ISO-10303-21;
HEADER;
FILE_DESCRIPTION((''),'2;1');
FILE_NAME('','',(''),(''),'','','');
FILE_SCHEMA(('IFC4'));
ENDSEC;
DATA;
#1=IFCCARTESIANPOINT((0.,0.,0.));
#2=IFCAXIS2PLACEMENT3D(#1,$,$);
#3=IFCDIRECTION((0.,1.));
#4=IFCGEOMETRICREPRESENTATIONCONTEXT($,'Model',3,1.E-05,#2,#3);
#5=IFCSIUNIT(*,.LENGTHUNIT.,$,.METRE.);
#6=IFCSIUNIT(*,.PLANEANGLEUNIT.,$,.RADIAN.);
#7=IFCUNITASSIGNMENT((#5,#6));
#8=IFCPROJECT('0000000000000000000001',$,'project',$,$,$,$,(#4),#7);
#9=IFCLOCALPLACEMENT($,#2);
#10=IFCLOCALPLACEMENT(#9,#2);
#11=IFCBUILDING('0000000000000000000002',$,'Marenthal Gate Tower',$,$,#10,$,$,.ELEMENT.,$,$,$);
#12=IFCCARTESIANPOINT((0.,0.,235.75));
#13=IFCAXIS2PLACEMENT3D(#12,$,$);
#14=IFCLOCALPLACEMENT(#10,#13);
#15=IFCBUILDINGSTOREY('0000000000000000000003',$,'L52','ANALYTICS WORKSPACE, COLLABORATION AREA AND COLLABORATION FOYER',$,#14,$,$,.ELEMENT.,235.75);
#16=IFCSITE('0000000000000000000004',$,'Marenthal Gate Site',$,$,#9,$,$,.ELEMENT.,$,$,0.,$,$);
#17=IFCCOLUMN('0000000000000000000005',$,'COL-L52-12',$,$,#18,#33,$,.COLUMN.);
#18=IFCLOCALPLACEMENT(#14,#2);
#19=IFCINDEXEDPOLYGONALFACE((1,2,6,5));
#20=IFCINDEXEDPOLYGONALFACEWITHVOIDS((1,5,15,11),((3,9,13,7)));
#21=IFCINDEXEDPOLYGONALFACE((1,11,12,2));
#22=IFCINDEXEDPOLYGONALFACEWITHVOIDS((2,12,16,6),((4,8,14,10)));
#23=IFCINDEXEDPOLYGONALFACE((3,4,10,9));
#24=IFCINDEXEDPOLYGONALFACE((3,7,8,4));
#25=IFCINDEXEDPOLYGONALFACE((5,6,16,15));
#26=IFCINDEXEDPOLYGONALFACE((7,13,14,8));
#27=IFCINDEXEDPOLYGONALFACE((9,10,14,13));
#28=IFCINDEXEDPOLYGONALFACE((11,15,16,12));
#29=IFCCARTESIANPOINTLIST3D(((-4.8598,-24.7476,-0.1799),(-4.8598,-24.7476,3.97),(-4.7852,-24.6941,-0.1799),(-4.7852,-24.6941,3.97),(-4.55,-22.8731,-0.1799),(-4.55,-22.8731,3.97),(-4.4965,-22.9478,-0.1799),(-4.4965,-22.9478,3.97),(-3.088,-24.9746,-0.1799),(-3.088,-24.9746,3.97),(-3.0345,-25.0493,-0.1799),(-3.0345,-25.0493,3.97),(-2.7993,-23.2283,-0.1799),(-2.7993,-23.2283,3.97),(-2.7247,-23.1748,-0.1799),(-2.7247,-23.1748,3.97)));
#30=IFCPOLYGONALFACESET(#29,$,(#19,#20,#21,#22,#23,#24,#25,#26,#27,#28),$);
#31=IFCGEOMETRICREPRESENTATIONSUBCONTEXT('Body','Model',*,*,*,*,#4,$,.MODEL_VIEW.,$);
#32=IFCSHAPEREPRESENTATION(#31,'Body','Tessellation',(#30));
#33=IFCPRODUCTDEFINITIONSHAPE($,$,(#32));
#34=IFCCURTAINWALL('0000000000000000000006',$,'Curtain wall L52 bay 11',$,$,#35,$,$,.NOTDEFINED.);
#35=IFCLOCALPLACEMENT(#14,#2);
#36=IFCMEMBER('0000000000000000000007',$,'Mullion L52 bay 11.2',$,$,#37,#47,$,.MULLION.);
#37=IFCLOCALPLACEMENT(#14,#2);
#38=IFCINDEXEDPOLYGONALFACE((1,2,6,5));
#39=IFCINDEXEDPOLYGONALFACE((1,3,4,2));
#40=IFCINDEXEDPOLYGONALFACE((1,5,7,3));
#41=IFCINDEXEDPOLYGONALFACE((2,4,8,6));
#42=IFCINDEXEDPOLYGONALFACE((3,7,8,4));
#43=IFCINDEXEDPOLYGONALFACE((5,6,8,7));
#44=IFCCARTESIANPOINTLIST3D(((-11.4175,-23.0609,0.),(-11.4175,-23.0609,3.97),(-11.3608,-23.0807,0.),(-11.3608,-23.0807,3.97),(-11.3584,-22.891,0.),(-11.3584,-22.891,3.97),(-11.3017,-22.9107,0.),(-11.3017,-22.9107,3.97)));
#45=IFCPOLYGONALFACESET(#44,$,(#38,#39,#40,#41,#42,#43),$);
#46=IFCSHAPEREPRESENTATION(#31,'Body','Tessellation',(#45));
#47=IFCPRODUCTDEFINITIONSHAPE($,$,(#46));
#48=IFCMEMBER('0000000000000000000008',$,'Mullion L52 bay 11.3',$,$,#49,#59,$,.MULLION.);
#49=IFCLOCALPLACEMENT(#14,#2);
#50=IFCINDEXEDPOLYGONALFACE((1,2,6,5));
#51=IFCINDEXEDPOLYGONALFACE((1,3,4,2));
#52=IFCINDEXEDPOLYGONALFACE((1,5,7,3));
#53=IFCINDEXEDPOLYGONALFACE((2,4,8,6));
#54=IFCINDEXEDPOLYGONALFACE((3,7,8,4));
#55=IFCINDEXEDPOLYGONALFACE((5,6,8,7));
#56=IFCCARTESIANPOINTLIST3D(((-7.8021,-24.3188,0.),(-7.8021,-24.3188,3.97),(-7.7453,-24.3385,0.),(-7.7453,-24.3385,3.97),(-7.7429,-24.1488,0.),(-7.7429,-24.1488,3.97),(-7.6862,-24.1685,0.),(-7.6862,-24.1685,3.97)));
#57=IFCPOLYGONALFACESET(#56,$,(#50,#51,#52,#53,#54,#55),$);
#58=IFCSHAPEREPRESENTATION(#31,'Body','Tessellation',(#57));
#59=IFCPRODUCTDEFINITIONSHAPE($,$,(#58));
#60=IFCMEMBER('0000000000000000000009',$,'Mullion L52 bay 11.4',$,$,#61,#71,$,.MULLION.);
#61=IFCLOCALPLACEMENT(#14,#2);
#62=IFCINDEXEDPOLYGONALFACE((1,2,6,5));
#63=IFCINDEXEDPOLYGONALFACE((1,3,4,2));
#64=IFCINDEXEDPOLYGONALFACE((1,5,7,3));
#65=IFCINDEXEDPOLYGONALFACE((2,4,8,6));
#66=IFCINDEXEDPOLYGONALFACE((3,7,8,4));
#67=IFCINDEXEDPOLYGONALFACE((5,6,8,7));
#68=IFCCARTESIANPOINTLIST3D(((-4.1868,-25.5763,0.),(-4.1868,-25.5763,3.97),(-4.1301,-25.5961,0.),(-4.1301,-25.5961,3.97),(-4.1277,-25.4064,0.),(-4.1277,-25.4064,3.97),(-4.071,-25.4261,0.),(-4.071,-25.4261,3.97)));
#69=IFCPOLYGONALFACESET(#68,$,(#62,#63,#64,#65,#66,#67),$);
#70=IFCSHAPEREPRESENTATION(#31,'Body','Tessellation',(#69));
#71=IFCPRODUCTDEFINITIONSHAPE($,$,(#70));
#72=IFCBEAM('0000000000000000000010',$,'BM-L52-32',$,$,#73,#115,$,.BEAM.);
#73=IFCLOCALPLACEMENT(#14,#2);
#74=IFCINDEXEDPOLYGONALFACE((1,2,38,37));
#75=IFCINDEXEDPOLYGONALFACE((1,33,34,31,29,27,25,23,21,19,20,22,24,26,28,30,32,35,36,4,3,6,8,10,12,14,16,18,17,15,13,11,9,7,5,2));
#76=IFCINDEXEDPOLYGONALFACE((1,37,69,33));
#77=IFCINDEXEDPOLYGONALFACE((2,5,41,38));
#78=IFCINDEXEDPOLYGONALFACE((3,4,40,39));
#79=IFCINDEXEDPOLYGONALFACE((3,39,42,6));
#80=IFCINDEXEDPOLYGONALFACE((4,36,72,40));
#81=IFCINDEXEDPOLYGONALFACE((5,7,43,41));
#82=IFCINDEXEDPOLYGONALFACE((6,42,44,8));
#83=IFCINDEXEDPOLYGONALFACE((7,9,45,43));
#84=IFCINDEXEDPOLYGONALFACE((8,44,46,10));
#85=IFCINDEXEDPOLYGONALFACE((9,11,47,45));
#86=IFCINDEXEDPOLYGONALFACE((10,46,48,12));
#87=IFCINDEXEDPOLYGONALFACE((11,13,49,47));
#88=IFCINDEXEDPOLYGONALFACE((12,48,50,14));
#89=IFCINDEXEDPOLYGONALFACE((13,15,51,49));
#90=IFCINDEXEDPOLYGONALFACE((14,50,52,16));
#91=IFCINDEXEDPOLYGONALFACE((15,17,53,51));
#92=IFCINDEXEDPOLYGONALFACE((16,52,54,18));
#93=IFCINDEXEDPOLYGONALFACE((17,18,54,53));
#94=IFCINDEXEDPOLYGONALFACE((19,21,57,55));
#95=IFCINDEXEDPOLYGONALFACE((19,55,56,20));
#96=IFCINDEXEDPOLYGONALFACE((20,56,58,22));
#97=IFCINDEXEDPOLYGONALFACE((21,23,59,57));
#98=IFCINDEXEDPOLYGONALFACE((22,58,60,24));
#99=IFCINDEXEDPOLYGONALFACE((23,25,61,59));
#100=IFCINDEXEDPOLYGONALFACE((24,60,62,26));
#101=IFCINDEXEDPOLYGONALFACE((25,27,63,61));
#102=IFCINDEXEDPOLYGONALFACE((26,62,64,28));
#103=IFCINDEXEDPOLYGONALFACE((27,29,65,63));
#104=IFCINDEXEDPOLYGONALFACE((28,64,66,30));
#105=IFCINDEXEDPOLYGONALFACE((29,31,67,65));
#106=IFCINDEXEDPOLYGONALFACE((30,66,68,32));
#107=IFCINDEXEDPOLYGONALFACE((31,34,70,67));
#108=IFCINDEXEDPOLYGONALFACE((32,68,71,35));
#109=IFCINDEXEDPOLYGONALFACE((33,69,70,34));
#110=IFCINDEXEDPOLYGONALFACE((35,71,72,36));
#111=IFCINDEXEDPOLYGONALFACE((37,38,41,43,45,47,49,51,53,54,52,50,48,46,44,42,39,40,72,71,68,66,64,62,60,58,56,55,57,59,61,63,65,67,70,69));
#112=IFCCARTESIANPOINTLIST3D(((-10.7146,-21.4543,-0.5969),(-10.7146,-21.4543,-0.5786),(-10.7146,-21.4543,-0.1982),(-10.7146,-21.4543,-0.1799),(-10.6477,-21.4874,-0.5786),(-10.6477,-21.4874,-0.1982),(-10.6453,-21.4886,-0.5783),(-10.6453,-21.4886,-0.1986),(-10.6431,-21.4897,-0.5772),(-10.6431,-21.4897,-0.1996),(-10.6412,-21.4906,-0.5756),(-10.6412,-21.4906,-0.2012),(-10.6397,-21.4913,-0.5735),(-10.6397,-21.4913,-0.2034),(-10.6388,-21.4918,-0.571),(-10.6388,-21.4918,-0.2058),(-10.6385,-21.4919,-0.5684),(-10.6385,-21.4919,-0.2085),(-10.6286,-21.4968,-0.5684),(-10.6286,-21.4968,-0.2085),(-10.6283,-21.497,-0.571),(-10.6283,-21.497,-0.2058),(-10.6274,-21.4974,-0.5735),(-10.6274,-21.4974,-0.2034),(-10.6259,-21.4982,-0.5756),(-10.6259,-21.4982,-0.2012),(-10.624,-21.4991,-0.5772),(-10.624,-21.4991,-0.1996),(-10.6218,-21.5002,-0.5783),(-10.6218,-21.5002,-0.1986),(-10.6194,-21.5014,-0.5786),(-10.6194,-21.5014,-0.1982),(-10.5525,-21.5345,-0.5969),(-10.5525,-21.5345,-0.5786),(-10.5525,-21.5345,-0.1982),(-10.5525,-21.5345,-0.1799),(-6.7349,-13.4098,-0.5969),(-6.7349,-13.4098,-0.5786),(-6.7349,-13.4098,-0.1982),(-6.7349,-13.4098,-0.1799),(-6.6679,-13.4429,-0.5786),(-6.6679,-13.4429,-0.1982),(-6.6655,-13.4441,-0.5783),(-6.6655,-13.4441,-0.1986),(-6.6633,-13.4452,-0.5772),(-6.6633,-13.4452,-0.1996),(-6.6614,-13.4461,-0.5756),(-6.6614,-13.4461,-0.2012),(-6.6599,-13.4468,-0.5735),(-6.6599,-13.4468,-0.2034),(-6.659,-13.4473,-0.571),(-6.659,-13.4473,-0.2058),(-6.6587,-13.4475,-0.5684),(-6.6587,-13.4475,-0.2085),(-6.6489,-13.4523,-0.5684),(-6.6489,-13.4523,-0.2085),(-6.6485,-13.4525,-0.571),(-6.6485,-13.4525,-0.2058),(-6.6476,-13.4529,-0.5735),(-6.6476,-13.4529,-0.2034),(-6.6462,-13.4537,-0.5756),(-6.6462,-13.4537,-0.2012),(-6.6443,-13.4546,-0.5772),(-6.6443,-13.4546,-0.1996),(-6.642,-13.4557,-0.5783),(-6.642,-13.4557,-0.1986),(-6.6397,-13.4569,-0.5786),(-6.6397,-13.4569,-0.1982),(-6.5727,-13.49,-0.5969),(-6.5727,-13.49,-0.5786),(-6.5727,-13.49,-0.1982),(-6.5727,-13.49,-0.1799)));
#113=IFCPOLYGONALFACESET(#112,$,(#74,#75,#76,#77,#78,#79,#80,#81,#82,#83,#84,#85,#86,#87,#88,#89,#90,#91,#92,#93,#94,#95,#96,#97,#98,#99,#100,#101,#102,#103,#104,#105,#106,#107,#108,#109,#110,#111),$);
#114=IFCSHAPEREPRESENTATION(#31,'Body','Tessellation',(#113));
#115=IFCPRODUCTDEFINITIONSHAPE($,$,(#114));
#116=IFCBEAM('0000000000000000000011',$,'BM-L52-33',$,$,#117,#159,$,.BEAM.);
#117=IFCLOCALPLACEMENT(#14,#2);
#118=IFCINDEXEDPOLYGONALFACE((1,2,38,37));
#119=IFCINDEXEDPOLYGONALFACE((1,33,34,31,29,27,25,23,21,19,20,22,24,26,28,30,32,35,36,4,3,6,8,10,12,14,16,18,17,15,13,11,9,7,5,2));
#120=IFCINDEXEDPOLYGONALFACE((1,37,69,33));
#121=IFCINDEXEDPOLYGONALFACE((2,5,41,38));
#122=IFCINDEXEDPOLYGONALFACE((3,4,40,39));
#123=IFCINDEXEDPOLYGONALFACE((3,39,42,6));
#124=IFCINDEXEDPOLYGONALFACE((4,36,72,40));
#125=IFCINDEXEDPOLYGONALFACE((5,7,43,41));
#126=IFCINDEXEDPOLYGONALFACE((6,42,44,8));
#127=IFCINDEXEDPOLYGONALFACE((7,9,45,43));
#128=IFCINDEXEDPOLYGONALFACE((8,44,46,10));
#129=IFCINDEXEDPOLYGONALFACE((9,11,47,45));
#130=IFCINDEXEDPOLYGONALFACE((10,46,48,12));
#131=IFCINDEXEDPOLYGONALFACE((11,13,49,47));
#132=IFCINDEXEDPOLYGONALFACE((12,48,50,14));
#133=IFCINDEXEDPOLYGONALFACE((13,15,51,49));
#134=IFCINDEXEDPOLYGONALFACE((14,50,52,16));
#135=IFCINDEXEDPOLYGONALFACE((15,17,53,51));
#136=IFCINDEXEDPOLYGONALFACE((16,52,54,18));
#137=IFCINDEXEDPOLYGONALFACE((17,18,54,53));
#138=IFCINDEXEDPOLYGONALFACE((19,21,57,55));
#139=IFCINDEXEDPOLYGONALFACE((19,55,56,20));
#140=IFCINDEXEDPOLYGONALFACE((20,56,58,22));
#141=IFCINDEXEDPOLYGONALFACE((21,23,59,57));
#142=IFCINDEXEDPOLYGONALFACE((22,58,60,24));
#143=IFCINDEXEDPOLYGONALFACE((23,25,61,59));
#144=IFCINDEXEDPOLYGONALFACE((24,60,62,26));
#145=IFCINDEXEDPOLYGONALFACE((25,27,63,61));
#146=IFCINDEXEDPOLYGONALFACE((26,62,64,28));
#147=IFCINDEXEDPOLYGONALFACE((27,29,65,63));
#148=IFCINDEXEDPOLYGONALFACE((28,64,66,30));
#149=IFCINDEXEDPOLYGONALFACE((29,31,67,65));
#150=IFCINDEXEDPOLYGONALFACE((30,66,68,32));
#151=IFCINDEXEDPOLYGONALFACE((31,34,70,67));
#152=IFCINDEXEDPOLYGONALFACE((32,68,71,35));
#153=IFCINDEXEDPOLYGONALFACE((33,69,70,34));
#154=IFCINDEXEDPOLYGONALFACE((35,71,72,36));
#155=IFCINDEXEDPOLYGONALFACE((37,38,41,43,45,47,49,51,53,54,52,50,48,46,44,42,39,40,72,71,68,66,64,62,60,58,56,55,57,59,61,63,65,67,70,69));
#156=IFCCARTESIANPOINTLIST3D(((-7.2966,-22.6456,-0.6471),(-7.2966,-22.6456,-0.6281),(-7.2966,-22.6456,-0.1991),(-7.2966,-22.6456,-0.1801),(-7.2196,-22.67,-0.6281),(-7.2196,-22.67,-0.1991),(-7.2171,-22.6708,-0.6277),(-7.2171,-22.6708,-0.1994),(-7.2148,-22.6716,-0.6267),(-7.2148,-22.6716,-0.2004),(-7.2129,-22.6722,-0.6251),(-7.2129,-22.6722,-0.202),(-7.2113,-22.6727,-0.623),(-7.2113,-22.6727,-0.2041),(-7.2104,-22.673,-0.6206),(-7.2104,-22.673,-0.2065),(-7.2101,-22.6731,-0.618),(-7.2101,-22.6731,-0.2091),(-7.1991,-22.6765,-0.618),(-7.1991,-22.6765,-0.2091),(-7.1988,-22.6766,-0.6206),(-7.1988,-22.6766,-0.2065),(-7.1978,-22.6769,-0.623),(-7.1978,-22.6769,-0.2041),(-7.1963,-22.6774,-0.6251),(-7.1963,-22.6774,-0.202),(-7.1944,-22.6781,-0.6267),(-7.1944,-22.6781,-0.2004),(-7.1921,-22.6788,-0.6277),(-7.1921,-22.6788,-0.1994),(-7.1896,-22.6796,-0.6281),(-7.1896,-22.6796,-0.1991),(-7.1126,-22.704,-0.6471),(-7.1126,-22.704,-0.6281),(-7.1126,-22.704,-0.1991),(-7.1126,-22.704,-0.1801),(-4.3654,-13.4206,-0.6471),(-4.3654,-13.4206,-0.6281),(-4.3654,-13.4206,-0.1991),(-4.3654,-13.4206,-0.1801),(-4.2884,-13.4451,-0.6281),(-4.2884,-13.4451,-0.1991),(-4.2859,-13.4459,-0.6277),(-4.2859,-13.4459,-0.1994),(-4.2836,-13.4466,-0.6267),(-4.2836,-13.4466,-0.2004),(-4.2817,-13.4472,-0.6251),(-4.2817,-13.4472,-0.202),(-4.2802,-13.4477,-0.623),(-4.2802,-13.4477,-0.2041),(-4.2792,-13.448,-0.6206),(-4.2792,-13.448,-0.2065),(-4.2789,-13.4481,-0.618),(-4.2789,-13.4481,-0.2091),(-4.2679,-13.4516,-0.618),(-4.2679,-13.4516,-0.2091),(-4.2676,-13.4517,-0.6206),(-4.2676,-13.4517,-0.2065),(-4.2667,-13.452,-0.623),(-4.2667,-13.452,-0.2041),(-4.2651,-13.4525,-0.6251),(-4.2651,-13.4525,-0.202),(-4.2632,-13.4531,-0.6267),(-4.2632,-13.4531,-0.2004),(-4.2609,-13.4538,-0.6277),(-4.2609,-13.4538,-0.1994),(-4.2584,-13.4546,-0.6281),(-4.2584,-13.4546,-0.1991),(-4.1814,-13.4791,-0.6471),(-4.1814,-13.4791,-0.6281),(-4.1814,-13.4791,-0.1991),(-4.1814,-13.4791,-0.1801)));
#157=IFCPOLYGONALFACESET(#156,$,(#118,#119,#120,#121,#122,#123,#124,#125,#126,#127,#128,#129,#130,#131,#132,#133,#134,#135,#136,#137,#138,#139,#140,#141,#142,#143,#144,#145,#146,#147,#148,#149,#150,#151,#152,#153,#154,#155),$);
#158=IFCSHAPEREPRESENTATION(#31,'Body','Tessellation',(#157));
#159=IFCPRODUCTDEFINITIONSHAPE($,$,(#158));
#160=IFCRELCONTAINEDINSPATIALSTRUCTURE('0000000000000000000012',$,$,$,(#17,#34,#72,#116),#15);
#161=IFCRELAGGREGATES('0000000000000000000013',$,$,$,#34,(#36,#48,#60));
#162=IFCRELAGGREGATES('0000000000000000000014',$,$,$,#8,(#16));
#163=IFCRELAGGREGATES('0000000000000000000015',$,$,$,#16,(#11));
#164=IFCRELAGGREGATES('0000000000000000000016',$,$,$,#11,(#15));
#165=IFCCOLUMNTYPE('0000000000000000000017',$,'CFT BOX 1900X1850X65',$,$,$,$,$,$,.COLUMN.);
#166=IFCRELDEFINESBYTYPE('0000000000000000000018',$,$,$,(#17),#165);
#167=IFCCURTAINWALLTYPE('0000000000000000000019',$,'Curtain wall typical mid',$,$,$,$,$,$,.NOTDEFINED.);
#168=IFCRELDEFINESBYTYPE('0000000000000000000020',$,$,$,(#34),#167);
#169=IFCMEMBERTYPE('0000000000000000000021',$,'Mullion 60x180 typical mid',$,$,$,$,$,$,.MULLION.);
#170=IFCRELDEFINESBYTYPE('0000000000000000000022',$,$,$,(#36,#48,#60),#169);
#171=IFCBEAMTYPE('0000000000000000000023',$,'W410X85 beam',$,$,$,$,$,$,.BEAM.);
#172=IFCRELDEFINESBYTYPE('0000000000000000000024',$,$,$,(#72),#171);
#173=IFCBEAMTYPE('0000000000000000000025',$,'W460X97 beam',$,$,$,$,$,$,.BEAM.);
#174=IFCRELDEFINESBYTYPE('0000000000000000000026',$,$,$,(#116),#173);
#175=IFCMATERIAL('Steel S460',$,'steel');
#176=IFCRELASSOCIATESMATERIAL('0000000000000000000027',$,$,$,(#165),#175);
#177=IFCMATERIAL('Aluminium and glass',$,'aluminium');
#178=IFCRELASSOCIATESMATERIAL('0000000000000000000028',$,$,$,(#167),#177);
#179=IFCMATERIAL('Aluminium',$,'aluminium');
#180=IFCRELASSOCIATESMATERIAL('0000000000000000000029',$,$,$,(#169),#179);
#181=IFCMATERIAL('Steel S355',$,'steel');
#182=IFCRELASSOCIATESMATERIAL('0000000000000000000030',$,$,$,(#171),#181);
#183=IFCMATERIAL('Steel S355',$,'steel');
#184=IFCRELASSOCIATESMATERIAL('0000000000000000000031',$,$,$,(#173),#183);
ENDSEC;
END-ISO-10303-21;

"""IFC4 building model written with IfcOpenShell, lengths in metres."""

from ifc_helpers import new_model, si_unit, direction, frame, origin, origin_2d, place, context, subcontext, project, spatial, rectangle, hollow_rectangle, i_section, extrude, material, material_profile, profile_set, type_object, element, aggregate, save


model = new_model("IFC4")

# Units and contexts
model_context = context("Model", 3, precision=1e-05, world=origin(), true_north=direction((0.0, 1.0)))
body_context = subcontext(model_context, "Body", "Model", "MODEL_VIEW")
ifc_project = project(units=[si_unit("LENGTHUNIT", "METRE"), si_unit("PLANEANGLEUNIT", "RADIAN")], contexts=[model_context])

# Site, building, storey
site_placement = place(None, origin())
site = spatial("IfcSite", under=ifc_project, at=site_placement, Name="Marenthal Gate Site", CompositionType="ELEMENT", RefElevation=0.0)
building_placement = place(site_placement, origin())
building = spatial("IfcBuilding", under=site, at=building_placement, Name="Marenthal Gate Tower", CompositionType="ELEMENT")
storey_placement = place(building_placement, frame((0.0, 0.0, 235.75)))
storey = spatial("IfcBuildingStorey", under=building, at=storey_placement, Name="L52", Description="ANALYTICS WORKSPACE, COLLABORATION AREA AND COLLABORATION FOYER", CompositionType="ELEMENT", Elevation=235.75)

# Column
ifc_material_1 = material(Name="Steel S460", Category="steel")
ifc_material_profile_1 = material_profile(ifc_material_1, hollow_rectangle(XDim=1.8501, YDim=1.8999, WallThickness=0.0649, at=origin_2d()), Name="CFT BOX 1900X1850X65")
ifc_material_2 = material(Name="Concrete 70 MPa", Category="concrete")
ifc_material_profile_2 = material_profile(ifc_material_2, rectangle(XDim=1.72, YDim=1.77, at=origin_2d()), Name="CFT BOX 1900X1850X65 INFILL")
ifc_profile_set_1 = profile_set([ifc_material_profile_1, ifc_material_profile_2], Name="Steel S460 shell, Concrete 70 MPa infill")
column_type = type_object("IfcColumnType", Name="CFT BOX 1900X1850X65", PredefinedType="COLUMN", material=ifc_profile_set_1)
column_placement = place(storey_placement, frame((-3.7922, -23.9612, -0.1799), z_axis=(0.0, 0.0, 1.0), x_axis=(-0.986614, 0.163073, 0.0)))
element("IfcColumn", 1, at=column_placement, inside=storey, type_object=column_type, Name="COL-L52-12", PredefinedType="COLUMN", context=body_context, shape_type="SweptSolid", body=[
    extrude(hollow_rectangle(XDim=1.8501, YDim=1.8999, WallThickness=0.0649, at=origin_2d()), origin(), (0.0, 0.0, 1.0), 4.1499),
])

# Curtain wall, members
ifc_material_3 = material(Name="Aluminium and glass", Category="aluminium")
curtain_wall_type = type_object("IfcCurtainWallType", Name="Curtain wall typical mid", PredefinedType="NOTDEFINED", material=ifc_material_3)
curtain_wall_placement = place(storey_placement, origin())
curtain_wall = element("IfcCurtainWall", 2, at=curtain_wall_placement, inside=storey, type_object=curtain_wall_type, Name="Curtain wall L52 bay 11", PredefinedType="NOTDEFINED")
ifc_material_4 = material(Name="Aluminium", Category="aluminium")
ifc_material_profile_3 = material_profile(ifc_material_4, rectangle(XDim=0.1799, YDim=0.0601, at=origin_2d()), Name="60x180 aluminium mullion")
ifc_profile_set_2 = profile_set([ifc_material_profile_3], Name="Aluminium")
member_type = type_object("IfcMemberType", Name="Mullion 60x180 typical mid", PredefinedType="MULLION", material=ifc_profile_set_2)
member_1_placement = place(storey_placement, frame((-11.3596, -22.9858, 0.0), z_axis=(0.0, 0.0, 1.0), x_axis=(0.32854, 0.94449, 0.0)))
member_1 = element("IfcMember", 3, at=member_1_placement, type_object=member_type, Name="Mullion L52 bay 11.2", PredefinedType="MULLION", context=body_context, shape_type="SweptSolid", body=[
    extrude(rectangle(XDim=0.1799, YDim=0.0601, at=origin_2d()), origin(), (0.0, 0.0, 1.0), 3.97),
])
member_2_placement = place(storey_placement, frame((-7.7441, -24.2437, 0.0), z_axis=(0.0, 0.0, 1.0), x_axis=(0.32854, 0.94449, 0.0)))
member_2 = element("IfcMember", 4, at=member_2_placement, type_object=member_type, Name="Mullion L52 bay 11.3", PredefinedType="MULLION", context=body_context, shape_type="SweptSolid", body=[
    extrude(rectangle(XDim=0.1799, YDim=0.0601, at=origin_2d()), origin(), (0.0, 0.0, 1.0), 3.97),
])
member_3_placement = place(storey_placement, frame((-4.1289, -25.5012, 0.0), z_axis=(0.0, 0.0, 1.0), x_axis=(0.32854, 0.94449, 0.0)))
member_3 = element("IfcMember", 5, at=member_3_placement, type_object=member_type, Name="Mullion L52 bay 11.4", PredefinedType="MULLION", context=body_context, shape_type="SweptSolid", body=[
    extrude(rectangle(XDim=0.1799, YDim=0.0601, at=origin_2d()), origin(), (0.0, 0.0, 1.0), 3.97),
])

# Beams
ifc_material_5 = material(Name="Steel S355", Category="steel")
ifc_material_profile_4 = material_profile(ifc_material_5, i_section(OverallWidth=0.1809, OverallDepth=0.417, WebThickness=0.011, FlangeThickness=0.0183, FilletRadius=0.0103, at=origin_2d()), Name="W410X85")
ifc_profile_set_3 = profile_set([ifc_material_profile_4], Name="Steel S355")
beam_type_1 = type_object("IfcBeamType", Name="W410X85 beam", PredefinedType="BEAM", material=ifc_profile_set_3)
beam_1_placement = place(storey_placement, frame((-10.6335, -21.4944, -0.3884), z_axis=(0.443423, 0.896312, 0.0), x_axis=(-0.896312, 0.443423, 0.0)))
element("IfcBeam", 6, at=beam_1_placement, inside=storey, type_object=beam_type_1, Name="BM-L52-32", PredefinedType="BEAM", context=body_context, shape_type="SweptSolid", body=[
    extrude(i_section(OverallWidth=0.1809, OverallDepth=0.417, WebThickness=0.011, FlangeThickness=0.0183, FilletRadius=0.0103, at=origin_2d()), origin(), (0.0, 0.0, 1.0), 8.9751),
])
ifc_material_6 = material(Name="Steel S355", Category="steel")
ifc_material_profile_5 = material_profile(ifc_material_6, i_section(OverallWidth=0.1931, OverallDepth=0.467, WebThickness=0.0115, FlangeThickness=0.019, FilletRadius=0.01, at=origin_2d()), Name="W460X97")
ifc_profile_set_4 = profile_set([ifc_material_profile_5], Name="Steel S355")
beam_type_2 = type_object("IfcBeamType", Name="W460X97 beam", PredefinedType="BEAM", material=ifc_profile_set_4)
beam_2_placement = place(storey_placement, frame((-7.2046, -22.6748, -0.4136), z_axis=(0.302826, 0.953046, 0.0), x_axis=(-0.953046, 0.302826, 0.0)))
element("IfcBeam", 7, at=beam_2_placement, inside=storey, type_object=beam_type_2, Name="BM-L52-33", PredefinedType="BEAM", context=body_context, shape_type="SweptSolid", body=[
    extrude(i_section(OverallWidth=0.1931, OverallDepth=0.467, WebThickness=0.0115, FlangeThickness=0.019, FilletRadius=0.01, at=origin_2d()), origin(), (0.0, 0.0, 1.0), 9.6794),
])

aggregate(curtain_wall, [member_1, member_2, member_3])

save(model, "model.ifc")
